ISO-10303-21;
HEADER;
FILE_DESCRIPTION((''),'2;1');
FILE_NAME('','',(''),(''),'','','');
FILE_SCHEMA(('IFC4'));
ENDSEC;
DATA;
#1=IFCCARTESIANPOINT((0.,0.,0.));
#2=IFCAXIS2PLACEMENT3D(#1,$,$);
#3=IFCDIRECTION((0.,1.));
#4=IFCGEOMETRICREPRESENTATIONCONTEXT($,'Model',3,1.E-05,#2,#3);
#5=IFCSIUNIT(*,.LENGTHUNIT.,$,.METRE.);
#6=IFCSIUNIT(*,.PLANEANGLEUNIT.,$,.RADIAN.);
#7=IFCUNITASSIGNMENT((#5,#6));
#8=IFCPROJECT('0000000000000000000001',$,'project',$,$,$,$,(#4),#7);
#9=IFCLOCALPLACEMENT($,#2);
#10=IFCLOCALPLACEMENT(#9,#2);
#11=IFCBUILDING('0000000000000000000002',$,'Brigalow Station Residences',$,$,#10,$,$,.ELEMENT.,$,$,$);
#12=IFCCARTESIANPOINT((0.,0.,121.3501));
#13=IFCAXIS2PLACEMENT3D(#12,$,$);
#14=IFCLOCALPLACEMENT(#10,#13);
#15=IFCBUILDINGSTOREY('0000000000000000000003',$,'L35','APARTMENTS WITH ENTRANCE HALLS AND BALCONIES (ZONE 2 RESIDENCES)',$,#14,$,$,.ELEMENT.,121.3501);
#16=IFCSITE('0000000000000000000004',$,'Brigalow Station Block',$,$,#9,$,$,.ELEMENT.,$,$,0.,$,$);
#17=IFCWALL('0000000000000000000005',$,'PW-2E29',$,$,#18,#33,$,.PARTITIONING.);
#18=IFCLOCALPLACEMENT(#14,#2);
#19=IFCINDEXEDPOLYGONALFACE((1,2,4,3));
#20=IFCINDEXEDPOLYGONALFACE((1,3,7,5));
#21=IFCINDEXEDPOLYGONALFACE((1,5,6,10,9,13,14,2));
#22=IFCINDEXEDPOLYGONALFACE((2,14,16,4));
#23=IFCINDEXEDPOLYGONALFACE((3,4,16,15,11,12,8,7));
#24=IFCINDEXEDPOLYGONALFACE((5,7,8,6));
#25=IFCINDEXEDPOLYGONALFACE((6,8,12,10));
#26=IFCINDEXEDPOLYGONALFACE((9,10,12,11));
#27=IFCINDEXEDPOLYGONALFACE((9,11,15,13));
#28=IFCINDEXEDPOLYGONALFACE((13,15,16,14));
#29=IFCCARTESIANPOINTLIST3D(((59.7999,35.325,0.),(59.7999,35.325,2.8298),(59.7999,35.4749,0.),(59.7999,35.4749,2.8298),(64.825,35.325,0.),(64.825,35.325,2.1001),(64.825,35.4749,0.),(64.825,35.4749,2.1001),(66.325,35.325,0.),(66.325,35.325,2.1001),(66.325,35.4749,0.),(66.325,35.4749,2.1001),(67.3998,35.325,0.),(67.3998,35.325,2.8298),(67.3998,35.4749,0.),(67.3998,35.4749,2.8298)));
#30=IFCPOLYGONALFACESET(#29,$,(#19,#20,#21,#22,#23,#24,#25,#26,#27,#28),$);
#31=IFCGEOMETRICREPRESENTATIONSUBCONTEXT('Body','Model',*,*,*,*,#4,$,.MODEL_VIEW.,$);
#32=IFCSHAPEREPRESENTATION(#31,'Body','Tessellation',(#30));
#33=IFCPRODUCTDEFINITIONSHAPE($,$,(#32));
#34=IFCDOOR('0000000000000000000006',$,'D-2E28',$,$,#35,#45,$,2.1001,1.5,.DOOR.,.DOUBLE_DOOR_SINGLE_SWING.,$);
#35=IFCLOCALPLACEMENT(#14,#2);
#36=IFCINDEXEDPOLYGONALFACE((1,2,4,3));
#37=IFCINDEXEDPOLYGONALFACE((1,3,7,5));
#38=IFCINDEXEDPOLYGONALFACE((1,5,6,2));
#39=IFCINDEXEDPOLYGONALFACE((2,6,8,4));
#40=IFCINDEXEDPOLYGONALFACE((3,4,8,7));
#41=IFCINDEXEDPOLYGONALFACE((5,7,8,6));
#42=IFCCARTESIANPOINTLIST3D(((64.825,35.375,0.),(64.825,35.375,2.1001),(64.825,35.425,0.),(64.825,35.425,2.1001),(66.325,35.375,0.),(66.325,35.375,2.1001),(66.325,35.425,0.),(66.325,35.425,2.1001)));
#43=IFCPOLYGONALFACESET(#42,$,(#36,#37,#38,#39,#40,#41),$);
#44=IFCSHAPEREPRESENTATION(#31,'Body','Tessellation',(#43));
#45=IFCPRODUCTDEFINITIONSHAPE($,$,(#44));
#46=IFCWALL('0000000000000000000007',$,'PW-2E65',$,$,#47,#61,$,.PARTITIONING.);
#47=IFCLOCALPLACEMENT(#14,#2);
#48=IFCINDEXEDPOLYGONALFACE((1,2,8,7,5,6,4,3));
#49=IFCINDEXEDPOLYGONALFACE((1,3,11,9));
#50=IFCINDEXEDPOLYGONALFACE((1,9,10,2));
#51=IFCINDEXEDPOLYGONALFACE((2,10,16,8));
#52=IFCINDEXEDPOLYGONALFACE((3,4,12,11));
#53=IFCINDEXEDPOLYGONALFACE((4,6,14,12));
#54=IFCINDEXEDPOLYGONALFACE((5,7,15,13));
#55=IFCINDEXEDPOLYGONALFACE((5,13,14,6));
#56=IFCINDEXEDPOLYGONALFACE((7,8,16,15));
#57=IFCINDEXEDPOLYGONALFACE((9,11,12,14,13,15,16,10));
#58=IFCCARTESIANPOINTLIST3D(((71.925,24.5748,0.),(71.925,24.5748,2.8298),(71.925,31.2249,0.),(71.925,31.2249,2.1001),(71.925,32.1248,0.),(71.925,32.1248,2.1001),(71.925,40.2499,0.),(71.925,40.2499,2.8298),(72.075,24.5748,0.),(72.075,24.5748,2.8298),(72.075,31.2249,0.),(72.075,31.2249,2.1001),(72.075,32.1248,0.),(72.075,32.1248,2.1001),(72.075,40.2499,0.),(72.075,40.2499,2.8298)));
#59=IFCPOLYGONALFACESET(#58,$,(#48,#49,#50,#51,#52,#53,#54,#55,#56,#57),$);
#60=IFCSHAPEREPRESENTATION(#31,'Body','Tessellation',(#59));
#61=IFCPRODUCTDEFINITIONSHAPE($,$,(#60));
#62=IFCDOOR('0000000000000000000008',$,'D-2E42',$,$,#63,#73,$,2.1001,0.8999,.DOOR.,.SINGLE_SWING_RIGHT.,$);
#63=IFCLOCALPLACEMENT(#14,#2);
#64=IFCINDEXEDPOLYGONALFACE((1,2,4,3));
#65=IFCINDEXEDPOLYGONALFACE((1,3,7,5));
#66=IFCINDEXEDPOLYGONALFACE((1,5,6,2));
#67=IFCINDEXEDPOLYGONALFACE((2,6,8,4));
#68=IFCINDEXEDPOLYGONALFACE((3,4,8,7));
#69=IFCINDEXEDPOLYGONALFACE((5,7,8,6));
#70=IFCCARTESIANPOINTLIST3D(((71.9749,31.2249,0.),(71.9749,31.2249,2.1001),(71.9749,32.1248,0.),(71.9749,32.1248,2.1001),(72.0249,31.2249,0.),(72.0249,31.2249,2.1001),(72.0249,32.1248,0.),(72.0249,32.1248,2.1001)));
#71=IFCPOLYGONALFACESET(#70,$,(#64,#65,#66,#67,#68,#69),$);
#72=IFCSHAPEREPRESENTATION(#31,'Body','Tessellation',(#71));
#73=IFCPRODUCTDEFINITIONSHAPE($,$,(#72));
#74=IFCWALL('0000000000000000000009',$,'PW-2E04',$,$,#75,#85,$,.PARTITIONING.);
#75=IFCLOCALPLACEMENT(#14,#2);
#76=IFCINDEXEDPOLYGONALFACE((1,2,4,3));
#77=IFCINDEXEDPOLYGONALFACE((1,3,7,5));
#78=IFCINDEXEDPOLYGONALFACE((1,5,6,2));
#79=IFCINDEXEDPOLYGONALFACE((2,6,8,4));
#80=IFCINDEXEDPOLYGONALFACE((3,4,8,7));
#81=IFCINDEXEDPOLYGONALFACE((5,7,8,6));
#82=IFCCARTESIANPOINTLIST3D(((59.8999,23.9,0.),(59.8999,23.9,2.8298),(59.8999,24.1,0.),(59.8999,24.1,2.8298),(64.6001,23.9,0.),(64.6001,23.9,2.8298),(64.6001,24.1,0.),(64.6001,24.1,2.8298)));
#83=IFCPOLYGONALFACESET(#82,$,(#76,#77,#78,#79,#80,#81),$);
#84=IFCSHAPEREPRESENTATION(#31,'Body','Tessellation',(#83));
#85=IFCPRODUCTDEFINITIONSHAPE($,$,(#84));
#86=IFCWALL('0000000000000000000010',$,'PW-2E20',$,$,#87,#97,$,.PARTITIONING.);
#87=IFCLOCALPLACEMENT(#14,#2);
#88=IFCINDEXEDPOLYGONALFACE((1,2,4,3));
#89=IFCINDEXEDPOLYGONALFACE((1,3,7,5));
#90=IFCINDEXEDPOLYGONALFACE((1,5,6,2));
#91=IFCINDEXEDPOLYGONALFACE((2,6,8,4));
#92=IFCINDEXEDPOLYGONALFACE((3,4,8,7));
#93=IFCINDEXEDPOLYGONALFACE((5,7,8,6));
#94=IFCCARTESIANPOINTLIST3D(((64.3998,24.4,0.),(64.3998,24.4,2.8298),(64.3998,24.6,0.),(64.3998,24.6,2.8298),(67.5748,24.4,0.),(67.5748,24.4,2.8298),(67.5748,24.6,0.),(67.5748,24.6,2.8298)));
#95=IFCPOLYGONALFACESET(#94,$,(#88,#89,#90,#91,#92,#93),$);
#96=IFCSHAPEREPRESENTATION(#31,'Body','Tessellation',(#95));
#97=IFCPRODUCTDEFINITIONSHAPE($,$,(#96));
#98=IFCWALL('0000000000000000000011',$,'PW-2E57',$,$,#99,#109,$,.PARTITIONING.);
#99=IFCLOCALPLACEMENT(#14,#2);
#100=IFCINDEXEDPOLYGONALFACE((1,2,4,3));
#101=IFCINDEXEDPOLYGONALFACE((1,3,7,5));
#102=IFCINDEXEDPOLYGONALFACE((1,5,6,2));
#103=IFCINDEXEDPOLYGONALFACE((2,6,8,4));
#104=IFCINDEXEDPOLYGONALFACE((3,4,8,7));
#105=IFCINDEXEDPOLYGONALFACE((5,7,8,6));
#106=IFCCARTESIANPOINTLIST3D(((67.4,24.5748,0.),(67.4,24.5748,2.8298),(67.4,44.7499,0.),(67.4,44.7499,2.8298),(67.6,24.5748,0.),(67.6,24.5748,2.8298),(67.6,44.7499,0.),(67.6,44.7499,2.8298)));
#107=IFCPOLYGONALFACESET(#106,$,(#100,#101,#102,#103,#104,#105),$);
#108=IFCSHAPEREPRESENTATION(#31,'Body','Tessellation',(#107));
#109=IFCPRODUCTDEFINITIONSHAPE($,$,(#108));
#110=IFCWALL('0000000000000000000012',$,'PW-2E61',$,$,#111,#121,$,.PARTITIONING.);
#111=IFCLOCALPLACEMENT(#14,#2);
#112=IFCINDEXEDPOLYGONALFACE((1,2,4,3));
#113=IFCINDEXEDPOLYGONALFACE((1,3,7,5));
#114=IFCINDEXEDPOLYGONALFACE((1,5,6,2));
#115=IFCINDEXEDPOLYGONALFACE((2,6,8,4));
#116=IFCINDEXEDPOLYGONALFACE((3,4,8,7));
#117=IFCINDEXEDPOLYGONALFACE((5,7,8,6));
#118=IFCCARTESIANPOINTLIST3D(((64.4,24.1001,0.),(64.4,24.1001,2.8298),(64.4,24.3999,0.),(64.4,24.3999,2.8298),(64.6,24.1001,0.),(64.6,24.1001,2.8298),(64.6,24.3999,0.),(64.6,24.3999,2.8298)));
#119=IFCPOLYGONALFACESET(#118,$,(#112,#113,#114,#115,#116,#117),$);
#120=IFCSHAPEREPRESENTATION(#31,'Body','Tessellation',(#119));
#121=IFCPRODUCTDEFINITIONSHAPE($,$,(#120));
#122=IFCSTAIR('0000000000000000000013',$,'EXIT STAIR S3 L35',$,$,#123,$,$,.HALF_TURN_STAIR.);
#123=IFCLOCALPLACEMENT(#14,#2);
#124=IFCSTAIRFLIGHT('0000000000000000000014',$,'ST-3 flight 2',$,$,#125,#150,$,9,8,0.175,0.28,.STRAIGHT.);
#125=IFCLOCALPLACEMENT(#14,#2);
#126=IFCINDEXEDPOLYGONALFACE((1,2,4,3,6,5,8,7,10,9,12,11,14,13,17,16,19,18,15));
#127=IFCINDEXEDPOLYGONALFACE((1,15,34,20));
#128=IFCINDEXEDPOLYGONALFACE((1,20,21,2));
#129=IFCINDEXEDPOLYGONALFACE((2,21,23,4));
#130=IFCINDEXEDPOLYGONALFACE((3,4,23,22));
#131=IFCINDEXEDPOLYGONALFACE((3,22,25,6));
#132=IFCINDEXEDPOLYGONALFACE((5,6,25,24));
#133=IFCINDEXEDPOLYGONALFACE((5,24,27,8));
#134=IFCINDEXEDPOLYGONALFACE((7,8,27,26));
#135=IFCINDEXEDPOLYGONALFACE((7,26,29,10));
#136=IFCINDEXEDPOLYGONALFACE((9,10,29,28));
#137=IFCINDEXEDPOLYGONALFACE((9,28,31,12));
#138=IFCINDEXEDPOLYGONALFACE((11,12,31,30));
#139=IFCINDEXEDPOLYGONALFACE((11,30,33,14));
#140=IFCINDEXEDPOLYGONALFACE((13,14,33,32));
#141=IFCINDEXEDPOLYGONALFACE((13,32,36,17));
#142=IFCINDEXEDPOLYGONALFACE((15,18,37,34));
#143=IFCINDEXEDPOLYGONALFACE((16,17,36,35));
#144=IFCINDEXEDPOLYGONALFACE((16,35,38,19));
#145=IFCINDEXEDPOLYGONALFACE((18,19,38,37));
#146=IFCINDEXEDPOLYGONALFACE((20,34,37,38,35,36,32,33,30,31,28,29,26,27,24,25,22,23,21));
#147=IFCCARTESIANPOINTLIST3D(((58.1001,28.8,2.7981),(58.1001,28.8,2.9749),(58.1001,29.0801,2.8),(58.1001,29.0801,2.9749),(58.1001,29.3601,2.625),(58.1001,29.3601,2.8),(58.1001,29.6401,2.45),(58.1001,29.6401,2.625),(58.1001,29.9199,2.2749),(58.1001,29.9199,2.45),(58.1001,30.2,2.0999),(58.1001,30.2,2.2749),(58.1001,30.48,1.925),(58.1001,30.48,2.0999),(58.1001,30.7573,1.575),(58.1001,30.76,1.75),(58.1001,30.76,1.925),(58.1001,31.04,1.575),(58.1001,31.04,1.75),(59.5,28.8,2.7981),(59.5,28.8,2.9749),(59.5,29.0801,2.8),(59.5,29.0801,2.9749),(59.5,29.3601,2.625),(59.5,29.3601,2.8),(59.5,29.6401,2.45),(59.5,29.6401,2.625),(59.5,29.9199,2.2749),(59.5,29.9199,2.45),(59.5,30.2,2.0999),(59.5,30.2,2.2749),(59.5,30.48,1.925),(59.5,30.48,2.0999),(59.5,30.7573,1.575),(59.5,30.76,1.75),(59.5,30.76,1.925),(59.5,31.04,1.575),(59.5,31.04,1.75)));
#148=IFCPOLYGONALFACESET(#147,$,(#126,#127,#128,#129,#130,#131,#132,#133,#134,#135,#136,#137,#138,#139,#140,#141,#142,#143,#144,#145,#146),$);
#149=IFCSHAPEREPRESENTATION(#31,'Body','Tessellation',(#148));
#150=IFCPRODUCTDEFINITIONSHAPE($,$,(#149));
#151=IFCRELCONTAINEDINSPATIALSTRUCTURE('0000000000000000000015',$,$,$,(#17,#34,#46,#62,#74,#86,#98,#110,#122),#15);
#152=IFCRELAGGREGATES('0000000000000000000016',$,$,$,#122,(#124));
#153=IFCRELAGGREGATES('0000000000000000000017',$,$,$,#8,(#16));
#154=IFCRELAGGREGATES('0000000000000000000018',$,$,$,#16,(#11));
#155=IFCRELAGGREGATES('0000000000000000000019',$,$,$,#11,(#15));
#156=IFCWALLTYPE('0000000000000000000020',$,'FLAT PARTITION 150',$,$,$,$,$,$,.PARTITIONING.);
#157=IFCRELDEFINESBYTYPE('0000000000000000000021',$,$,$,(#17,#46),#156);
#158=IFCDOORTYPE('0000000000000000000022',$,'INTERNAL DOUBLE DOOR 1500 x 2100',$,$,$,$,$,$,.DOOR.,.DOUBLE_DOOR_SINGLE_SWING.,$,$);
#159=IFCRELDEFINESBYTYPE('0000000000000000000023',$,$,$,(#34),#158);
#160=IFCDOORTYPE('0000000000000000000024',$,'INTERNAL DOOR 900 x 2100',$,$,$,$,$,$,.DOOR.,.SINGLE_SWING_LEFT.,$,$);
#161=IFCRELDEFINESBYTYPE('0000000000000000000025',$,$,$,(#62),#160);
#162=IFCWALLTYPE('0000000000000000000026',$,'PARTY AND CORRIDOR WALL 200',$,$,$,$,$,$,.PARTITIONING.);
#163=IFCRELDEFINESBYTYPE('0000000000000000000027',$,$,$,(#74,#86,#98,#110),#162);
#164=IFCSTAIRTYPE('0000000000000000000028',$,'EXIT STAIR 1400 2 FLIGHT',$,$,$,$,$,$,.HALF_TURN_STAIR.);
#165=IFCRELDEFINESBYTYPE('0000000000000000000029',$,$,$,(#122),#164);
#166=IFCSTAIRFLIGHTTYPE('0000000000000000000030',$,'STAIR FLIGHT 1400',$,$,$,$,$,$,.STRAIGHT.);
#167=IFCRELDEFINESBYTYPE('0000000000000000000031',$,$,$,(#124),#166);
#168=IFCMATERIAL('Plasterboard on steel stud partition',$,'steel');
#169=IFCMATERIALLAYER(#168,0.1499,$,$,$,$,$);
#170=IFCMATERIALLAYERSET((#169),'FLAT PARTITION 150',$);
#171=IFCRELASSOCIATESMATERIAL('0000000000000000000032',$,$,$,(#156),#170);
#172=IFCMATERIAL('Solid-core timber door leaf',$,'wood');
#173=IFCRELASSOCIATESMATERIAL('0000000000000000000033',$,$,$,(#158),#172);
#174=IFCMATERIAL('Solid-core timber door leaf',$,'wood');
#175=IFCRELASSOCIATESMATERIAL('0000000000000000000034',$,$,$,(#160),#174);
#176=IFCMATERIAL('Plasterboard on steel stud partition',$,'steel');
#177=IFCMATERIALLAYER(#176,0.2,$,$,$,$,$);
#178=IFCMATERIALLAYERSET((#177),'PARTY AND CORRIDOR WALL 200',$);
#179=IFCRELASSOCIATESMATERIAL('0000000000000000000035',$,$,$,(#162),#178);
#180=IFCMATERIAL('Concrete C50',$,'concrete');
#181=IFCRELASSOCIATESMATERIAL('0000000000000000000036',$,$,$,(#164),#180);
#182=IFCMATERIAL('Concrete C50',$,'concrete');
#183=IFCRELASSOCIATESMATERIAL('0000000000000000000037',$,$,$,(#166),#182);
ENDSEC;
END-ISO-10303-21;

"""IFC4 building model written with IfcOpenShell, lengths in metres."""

from ifc_helpers import new_model, si_unit, direction, frame, frame_2d, origin, place, context, subcontext, project, spatial, polyline, rectangle, outline, extrude, material, layer, layer_set, type_object, element, fill, aggregate, save


model = new_model("IFC4")

# Units and contexts
model_context = context("Model", 3, precision=1e-05, world=origin(), true_north=direction((0.0, 1.0)))
body_context = subcontext(model_context, "Body", "Model", "MODEL_VIEW")
ifc_project = project(units=[si_unit("LENGTHUNIT", "METRE"), si_unit("PLANEANGLEUNIT", "RADIAN")], contexts=[model_context])

# Site, building, storey
site_placement = place(None, origin())
site = spatial("IfcSite", under=ifc_project, at=site_placement, Name="Brigalow Station Block", CompositionType="ELEMENT", RefElevation=0.0)
building_placement = place(site_placement, origin())
building = spatial("IfcBuilding", under=site, at=building_placement, Name="Brigalow Station Residences", CompositionType="ELEMENT")
storey_placement = place(building_placement, frame((0.0, 0.0, 121.3501)))
storey = spatial("IfcBuildingStorey", under=building, at=storey_placement, Name="L35", Description="APARTMENTS WITH ENTRANCE HALLS AND BALCONIES (ZONE 2 RESIDENCES)", CompositionType="ELEMENT", Elevation=121.3501)

# Shared definitions
ifc_material_1 = material(Name="Plasterboard on steel stud partition", Category="steel")
ifc_layer_1 = layer(ifc_material_1, 0.1499)
ifc_layer_set_1 = layer_set([ifc_layer_1], Name="FLAT PARTITION 150")
wall_type_1 = type_object("IfcWallType", Name="FLAT PARTITION 150", PredefinedType="PARTITIONING", material=ifc_layer_set_1)
ifc_material_2 = material(Name="Solid-core timber door leaf", Category="wood")
door_type_1 = type_object("IfcDoorType", Name="INTERNAL DOUBLE DOOR 1500 x 2100", OperationType="DOUBLE_DOOR_SINGLE_SWING", PredefinedType="DOOR", material=ifc_material_2)
ifc_material_3 = material(Name="Solid-core timber door leaf", Category="wood")
door_type_2 = type_object("IfcDoorType", Name="INTERNAL DOOR 900 x 2100", OperationType="SINGLE_SWING_LEFT", PredefinedType="DOOR", material=ifc_material_3)

# Walls, openings, doors
wall_1_placement = place(storey_placement, frame((59.8, 35.3999, 0.0), z_axis=(0.0, 0.0, 1.0), x_axis=(1.0, 0.0, 0.0)))
wall_1 = element("IfcWall", 1, at=wall_1_placement, inside=storey, type_object=wall_type_1, Name="PW-2E29", PredefinedType="PARTITIONING", context=body_context, shape_type="SweptSolid", body=[
    extrude(rectangle(XDim=7.5999, YDim=0.1499, at=frame_2d((3.7998, 0.0))), origin(), (0.0, 0.0, 1.0), 2.8298),
])
opening_1_placement = place(wall_1_placement, frame((5.0249, 0.0, 0.0)))
opening_1 = element("IfcOpeningElement", 2, at=opening_1_placement, cuts=wall_1, PredefinedType="OPENING", context=body_context, shape_type="SweptSolid", body=[
    extrude(rectangle(XDim=1.5, YDim=2.1001, at=frame_2d((0.75, 1.05))), frame((0.0, 0.085, 0.0), z_axis=(0.0, -1.0, 0.0), x_axis=(1.0, 0.0, 0.0)), (0.0, 0.0, 1.0), 0.1699),
])
door_1_placement = place(opening_1_placement, frame((1.5, 0.0, 0.0), z_axis=(0.0, 0.0, 1.0), x_axis=(-1.0, 0.0, 0.0)))
door_1 = element("IfcDoor", 3, at=door_1_placement, inside=storey, type_object=door_type_1, Name="D-2E28", OperationType="DOUBLE_DOOR_SINGLE_SWING", OverallHeight=2.1001, OverallWidth=1.5, PredefinedType="DOOR", context=body_context, shape_type="SweptSolid", body=[
    extrude(rectangle(XDim=1.5, YDim=2.1001, at=frame_2d((0.75, 1.05))), frame((0.0, 0.0249, 0.0), z_axis=(0.0, -1.0, 0.0), x_axis=(1.0, 0.0, 0.0)), (0.0, 0.0, 1.0), 0.05),
])
fill(opening_1, door_1)
wall_2_placement = place(storey_placement, frame((72.0, 24.575, 0.0), z_axis=(0.0, 0.0, 1.0), x_axis=(0.0, 1.0, 0.0)))
wall_2 = element("IfcWall", 4, at=wall_2_placement, inside=storey, type_object=wall_type_1, Name="PW-2E65", PredefinedType="PARTITIONING", context=body_context, shape_type="SweptSolid", body=[
    extrude(rectangle(XDim=15.675, YDim=0.1499, at=frame_2d((7.8374, 0.0))), origin(), (0.0, 0.0, 1.0), 2.8298),
])
opening_2_placement = place(wall_2_placement, frame((6.6499, 0.0, 0.0)))
opening_2 = element("IfcOpeningElement", 5, at=opening_2_placement, cuts=wall_2, PredefinedType="OPENING", context=body_context, shape_type="SweptSolid", body=[
    extrude(rectangle(XDim=0.8999, YDim=2.1001, at=frame_2d((0.45, 1.05))), frame((0.0, 0.085, 0.0), z_axis=(0.0, -1.0, 0.0), x_axis=(1.0, 0.0, 0.0)), (0.0, 0.0, 1.0), 0.1699),
])
door_2_placement = place(opening_2_placement, frame((0.8999, 0.0, 0.0), z_axis=(0.0, 0.0, 1.0), x_axis=(-1.0, 0.0, 0.0)))
door_2 = element("IfcDoor", 6, at=door_2_placement, inside=storey, type_object=door_type_2, Name="D-2E42", OperationType="SINGLE_SWING_RIGHT", OverallHeight=2.1001, OverallWidth=0.8999, PredefinedType="DOOR", context=body_context, shape_type="SweptSolid", body=[
    extrude(rectangle(XDim=0.8999, YDim=2.1001, at=frame_2d((0.45, 1.05))), frame((0.0, 0.0249, 0.0), z_axis=(0.0, -1.0, 0.0), x_axis=(1.0, 0.0, 0.0)), (0.0, 0.0, 1.0), 0.05),
])
fill(opening_2, door_2)

# Walls
ifc_material_4 = material(Name="Plasterboard on steel stud partition", Category="steel")
ifc_layer_2 = layer(ifc_material_4, 0.2)
ifc_layer_set_2 = layer_set([ifc_layer_2], Name="PARTY AND CORRIDOR WALL 200")
wall_type_2 = type_object("IfcWallType", Name="PARTY AND CORRIDOR WALL 200", PredefinedType="PARTITIONING", material=ifc_layer_set_2)
wall_3_placement = place(storey_placement, frame((59.8999, 24.0, 0.0), z_axis=(0.0, 0.0, 1.0), x_axis=(1.0, 0.0, 0.0)))
element("IfcWall", 7, at=wall_3_placement, inside=storey, type_object=wall_type_2, Name="PW-2E04", PredefinedType="PARTITIONING", context=body_context, shape_type="SweptSolid", body=[
    extrude(rectangle(XDim=4.7002, YDim=0.2, at=frame_2d((2.3501, 0.0))), origin(), (0.0, 0.0, 1.0), 2.8298),
])
wall_4_placement = place(storey_placement, frame((64.3999, 24.5, 0.0), z_axis=(0.0, 0.0, 1.0), x_axis=(1.0, 0.0, 0.0)))
element("IfcWall", 8, at=wall_4_placement, inside=storey, type_object=wall_type_2, Name="PW-2E20", PredefinedType="PARTITIONING", context=body_context, shape_type="SweptSolid", body=[
    extrude(rectangle(XDim=3.175, YDim=0.2, at=frame_2d((1.5874, 0.0))), origin(), (0.0, 0.0, 1.0), 2.8298),
])
wall_5_placement = place(storey_placement, frame((67.5, 24.575, 0.0), z_axis=(0.0, 0.0, 1.0), x_axis=(0.0, 1.0, 0.0)))
element("IfcWall", 9, at=wall_5_placement, inside=storey, type_object=wall_type_2, Name="PW-2E57", PredefinedType="PARTITIONING", context=body_context, shape_type="SweptSolid", body=[
    extrude(rectangle(XDim=20.175, YDim=0.2, at=frame_2d((10.0874, 0.0))), origin(), (0.0, 0.0, 1.0), 2.8298),
])
wall_6_placement = place(storey_placement, frame((64.5, 24.1001, 0.0), z_axis=(0.0, 0.0, 1.0), x_axis=(0.0, 1.0, 0.0)))
element("IfcWall", 10, at=wall_6_placement, inside=storey, type_object=wall_type_2, Name="PW-2E61", PredefinedType="PARTITIONING", context=body_context, shape_type="SweptSolid", body=[
    extrude(rectangle(XDim=0.2998, YDim=0.2, at=frame_2d((0.1499, 0.0))), origin(), (0.0, 0.0, 1.0), 2.8298),
])

# Stair, stair flight
ifc_material_5 = material(Name="Concrete C50", Category="concrete")
stair_type = type_object("IfcStairType", Name="EXIT STAIR 1400 2 FLIGHT", PredefinedType="HALF_TURN_STAIR", material=ifc_material_5)
stair_placement = place(storey_placement, origin())
stair = element("IfcStair", 11, at=stair_placement, inside=storey, type_object=stair_type, Name="EXIT STAIR S3 L35", PredefinedType="HALF_TURN_STAIR")
ifc_material_6 = material(Name="Concrete C50", Category="concrete")
stair_flight_type = type_object("IfcStairFlightType", Name="STAIR FLIGHT 1400", PredefinedType="STRAIGHT", material=ifc_material_6)
stair_flight_placement = place(storey_placement, frame((58.8, 31.04, 1.575), z_axis=(0.0, 0.0, 1.0), x_axis=(0.0, -1.0, 0.0)))
stair_flight = element("IfcStairFlight", 12, at=stair_flight_placement, type_object=stair_flight_type, Name="ST-3 flight 2", NumberOfRisers=9, NumberOfTreads=8, PredefinedType="STRAIGHT", RiserHeight=0.175, TreadLength=0.28, context=body_context, shape_type="SweptSolid", body=[
    extrude(outline(polyline([(0.0, 0.0), (0.0, 0.175), (0.28, 0.175), (0.28, 0.3501), (0.5601, 0.3501), (0.5601, 0.5249), (0.8401, 0.5249), (0.8401, 0.7), (1.1201, 0.7), (1.1201, 0.875), (1.3999, 0.875), (1.3999, 1.05), (1.6799, 1.05), (1.6799, 1.2251), (1.96, 1.2251), (1.96, 1.3999), (2.24, 1.3999), (2.24, 1.575), (2.24, 1.2231), (0.2827, 0.0), (0.0, 0.0)])), frame((0.0, 0.7, 0.0), z_axis=(0.0, -1.0, 0.0), x_axis=(1.0, 0.0, 0.0)), (0.0, 0.0, 1.0), 1.3999),
])
aggregate(stair, [stair_flight])

save(model, "model.ifc")
